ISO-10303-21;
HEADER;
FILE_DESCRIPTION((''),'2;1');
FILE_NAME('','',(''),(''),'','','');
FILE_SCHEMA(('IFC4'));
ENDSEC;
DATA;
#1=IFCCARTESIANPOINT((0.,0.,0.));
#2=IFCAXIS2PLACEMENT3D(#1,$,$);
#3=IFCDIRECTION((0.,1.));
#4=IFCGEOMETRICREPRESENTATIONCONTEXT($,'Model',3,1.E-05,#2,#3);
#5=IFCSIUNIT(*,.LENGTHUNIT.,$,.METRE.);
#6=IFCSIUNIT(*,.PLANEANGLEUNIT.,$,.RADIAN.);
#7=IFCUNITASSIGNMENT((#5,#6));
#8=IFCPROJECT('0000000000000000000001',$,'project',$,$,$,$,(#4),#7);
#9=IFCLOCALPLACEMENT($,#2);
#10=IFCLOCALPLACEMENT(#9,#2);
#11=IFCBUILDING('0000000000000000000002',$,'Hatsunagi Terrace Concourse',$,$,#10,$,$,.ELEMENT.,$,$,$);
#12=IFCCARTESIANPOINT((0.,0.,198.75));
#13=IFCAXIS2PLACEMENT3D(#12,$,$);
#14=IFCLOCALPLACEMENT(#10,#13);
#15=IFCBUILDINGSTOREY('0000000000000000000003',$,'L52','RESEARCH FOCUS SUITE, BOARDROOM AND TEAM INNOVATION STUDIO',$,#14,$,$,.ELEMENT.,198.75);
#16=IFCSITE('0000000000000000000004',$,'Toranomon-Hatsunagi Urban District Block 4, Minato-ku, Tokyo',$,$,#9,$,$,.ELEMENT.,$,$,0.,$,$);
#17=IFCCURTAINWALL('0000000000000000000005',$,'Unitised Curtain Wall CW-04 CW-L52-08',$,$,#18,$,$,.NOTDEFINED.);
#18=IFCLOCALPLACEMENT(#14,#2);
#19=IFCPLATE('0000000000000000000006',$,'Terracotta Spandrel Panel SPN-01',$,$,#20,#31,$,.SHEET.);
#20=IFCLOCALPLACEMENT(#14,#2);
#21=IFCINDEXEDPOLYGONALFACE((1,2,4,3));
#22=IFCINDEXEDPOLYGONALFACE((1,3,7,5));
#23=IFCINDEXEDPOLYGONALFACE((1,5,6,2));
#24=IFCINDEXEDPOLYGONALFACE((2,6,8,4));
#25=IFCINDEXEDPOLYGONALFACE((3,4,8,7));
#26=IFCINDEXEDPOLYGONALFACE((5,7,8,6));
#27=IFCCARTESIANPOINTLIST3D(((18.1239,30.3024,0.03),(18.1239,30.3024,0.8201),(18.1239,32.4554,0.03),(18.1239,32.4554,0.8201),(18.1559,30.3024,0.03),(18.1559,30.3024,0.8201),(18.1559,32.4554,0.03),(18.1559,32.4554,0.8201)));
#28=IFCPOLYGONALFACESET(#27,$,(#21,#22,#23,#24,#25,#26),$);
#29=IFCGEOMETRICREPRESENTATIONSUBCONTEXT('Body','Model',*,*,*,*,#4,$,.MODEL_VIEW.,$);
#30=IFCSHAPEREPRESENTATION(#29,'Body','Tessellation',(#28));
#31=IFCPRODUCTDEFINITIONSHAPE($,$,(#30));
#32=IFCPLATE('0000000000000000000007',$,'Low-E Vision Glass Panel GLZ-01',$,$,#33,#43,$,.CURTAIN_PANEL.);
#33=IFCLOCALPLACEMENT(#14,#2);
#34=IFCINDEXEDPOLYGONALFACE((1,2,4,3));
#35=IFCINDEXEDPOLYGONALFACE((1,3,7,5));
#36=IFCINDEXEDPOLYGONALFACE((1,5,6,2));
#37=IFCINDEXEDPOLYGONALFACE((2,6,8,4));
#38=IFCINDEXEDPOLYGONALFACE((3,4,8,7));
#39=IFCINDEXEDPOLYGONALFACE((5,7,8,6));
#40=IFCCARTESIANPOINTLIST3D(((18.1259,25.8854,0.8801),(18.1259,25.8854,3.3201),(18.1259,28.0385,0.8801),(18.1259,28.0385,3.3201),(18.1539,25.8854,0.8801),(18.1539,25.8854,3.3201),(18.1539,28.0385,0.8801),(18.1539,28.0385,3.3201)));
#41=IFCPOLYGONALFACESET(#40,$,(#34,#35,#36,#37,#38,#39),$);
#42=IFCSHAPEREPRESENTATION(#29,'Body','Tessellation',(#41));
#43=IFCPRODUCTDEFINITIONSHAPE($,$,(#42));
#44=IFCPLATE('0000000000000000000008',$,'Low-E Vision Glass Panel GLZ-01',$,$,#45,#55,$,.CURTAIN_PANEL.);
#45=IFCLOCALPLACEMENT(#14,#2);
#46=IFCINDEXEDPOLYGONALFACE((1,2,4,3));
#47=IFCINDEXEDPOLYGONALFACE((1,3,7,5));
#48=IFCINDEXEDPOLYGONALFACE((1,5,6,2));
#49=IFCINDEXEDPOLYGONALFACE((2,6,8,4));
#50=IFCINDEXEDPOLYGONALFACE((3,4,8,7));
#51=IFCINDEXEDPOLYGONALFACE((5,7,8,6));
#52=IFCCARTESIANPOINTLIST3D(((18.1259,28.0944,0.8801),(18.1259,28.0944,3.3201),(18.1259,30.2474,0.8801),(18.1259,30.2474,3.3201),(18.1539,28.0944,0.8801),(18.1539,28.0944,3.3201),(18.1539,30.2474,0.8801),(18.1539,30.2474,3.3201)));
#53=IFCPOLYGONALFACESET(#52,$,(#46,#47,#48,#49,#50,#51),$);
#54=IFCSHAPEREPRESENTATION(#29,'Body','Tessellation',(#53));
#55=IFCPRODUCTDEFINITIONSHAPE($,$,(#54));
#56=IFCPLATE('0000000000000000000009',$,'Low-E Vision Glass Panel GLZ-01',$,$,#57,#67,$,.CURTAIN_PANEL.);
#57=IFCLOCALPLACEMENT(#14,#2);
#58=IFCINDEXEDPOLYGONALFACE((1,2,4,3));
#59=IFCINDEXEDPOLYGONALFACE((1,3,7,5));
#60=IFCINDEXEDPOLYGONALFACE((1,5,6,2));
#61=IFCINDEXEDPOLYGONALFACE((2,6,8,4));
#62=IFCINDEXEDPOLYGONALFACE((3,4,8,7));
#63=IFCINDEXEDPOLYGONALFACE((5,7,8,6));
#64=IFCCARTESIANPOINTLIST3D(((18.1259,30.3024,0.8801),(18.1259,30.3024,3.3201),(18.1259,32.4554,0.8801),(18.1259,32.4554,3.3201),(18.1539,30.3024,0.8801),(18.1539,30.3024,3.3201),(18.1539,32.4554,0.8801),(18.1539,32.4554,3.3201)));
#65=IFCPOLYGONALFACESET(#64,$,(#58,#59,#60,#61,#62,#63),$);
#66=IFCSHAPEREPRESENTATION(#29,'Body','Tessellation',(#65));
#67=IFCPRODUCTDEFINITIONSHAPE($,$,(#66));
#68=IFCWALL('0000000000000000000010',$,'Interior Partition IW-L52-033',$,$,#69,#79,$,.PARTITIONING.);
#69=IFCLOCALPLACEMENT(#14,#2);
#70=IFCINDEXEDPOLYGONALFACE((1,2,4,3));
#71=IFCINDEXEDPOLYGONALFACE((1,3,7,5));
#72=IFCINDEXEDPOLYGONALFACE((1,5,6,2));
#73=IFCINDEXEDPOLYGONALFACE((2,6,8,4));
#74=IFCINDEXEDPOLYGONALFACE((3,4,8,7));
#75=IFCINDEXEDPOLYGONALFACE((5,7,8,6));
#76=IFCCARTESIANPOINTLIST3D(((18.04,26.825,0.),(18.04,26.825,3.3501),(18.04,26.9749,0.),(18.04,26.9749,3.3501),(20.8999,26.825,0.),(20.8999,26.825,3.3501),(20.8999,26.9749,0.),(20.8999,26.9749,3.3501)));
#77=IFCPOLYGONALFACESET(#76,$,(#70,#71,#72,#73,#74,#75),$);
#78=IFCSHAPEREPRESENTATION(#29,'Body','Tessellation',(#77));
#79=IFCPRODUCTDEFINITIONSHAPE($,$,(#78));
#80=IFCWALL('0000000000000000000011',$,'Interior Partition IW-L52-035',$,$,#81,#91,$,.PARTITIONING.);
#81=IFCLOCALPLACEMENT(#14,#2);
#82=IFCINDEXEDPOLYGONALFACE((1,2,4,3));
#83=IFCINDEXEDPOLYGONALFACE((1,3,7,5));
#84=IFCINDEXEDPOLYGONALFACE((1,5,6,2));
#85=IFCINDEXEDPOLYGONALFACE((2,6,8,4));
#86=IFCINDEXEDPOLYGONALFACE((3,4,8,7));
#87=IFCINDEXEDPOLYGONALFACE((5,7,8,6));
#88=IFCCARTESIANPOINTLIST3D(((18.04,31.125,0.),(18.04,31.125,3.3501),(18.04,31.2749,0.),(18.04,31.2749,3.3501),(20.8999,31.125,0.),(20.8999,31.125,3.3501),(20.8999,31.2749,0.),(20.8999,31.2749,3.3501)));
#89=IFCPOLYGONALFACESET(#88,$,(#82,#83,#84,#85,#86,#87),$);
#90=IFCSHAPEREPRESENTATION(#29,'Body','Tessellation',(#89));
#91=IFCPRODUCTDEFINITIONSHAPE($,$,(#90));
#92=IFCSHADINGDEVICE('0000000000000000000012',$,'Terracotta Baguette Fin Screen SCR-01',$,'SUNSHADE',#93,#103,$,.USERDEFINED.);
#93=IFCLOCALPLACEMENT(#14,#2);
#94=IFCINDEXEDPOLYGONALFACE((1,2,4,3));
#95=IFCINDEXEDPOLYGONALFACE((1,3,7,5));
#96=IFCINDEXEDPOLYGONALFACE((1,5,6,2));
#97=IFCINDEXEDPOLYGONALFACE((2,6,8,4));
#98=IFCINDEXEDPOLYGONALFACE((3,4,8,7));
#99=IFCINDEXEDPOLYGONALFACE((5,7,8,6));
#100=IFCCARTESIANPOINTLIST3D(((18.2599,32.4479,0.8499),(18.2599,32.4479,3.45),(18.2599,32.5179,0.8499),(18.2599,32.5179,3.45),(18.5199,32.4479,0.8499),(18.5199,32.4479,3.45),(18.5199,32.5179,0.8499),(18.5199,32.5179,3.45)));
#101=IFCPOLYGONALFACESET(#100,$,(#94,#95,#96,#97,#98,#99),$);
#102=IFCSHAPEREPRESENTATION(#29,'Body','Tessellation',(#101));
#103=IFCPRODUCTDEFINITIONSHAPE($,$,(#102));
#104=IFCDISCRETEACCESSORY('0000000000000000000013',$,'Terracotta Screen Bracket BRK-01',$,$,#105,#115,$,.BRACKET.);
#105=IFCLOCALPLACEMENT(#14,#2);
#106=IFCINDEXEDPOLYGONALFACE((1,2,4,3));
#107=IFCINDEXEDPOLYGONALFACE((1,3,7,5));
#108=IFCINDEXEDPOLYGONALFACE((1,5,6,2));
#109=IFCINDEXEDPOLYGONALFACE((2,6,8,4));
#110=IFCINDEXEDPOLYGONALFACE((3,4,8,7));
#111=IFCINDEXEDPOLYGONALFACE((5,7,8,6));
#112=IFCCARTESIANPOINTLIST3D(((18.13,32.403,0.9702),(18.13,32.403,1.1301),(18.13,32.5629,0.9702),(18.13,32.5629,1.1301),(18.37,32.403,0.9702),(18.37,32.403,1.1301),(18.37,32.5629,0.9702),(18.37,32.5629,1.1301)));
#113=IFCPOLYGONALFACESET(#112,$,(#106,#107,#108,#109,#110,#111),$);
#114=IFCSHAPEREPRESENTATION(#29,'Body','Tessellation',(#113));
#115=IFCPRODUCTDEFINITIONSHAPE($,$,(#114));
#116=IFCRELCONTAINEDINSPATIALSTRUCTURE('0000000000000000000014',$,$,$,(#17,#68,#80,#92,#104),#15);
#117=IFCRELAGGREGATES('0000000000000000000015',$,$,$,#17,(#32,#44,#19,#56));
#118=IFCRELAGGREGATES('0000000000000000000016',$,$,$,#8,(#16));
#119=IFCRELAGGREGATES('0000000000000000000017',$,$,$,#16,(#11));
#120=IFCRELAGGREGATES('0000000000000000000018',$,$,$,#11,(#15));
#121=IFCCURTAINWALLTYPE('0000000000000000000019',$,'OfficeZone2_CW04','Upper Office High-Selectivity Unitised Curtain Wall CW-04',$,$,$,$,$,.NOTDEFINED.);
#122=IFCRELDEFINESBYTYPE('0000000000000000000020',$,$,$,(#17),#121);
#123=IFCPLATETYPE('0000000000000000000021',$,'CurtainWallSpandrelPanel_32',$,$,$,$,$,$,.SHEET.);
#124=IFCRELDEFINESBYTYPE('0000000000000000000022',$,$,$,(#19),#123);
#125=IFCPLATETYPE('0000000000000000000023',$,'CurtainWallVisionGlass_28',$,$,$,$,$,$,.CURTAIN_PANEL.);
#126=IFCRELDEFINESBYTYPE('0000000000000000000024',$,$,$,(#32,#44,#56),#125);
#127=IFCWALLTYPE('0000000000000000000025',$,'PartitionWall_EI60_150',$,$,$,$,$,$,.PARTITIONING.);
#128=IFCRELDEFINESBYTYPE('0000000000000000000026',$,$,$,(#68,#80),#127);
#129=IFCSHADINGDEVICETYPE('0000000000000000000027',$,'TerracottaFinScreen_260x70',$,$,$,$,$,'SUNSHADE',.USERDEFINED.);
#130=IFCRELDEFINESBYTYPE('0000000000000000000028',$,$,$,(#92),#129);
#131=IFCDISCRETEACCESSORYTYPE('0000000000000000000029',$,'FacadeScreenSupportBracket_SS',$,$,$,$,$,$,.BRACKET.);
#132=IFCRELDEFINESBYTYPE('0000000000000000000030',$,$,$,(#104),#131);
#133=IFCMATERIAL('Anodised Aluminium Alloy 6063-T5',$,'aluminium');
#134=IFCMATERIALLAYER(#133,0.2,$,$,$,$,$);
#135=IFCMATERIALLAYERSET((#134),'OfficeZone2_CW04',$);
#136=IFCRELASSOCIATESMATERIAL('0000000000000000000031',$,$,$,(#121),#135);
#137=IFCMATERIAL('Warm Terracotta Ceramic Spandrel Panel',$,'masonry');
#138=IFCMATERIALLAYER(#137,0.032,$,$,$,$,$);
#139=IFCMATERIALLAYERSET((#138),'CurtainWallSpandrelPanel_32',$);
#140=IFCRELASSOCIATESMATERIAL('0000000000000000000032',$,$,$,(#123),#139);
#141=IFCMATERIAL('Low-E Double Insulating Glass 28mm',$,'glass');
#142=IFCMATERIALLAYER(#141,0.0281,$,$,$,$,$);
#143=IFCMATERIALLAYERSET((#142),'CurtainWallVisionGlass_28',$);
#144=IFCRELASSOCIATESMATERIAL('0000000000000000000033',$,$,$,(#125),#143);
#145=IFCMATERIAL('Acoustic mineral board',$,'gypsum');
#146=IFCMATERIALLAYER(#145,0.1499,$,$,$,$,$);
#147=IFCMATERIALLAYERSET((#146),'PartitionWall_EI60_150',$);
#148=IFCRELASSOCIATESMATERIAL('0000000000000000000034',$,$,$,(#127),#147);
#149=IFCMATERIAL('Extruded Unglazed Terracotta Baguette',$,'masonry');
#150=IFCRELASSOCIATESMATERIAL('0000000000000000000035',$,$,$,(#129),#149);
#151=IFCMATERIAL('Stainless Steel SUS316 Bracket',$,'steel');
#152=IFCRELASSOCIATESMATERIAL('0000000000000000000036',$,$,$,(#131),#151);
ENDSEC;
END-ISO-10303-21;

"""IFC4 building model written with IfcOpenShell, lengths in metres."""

from ifc_helpers import new_model, si_unit, direction, frame, frame_2d, origin, origin_2d, place, context, subcontext, project, spatial, rectangle, extrude, material, layer, layer_set, type_object, element, aggregate, save


model = new_model("IFC4")

# Units and contexts
model_context = context("Model", 3, precision=1e-05, world=origin(), true_north=direction((0.0, 1.0)))
body_context = subcontext(model_context, "Body", "Model", "MODEL_VIEW")
ifc_project = project(units=[si_unit("LENGTHUNIT", "METRE"), si_unit("PLANEANGLEUNIT", "RADIAN")], contexts=[model_context])

# Site, building, storey
site_placement = place(None, origin())
site = spatial("IfcSite", under=ifc_project, at=site_placement, Name="Toranomon-Hatsunagi Urban District Block 4, Minato-ku, Tokyo", CompositionType="ELEMENT", RefElevation=0.0)
building_placement = place(site_placement, origin())
building = spatial("IfcBuilding", under=site, at=building_placement, Name="Hatsunagi Terrace Concourse", CompositionType="ELEMENT")
storey_placement = place(building_placement, frame((0.0, 0.0, 198.75)))
storey = spatial("IfcBuildingStorey", under=building, at=storey_placement, Name="L52", Description="RESEARCH FOCUS SUITE, BOARDROOM AND TEAM INNOVATION STUDIO", CompositionType="ELEMENT", Elevation=198.75)

# Curtain wall
ifc_material_1 = material(Name="Anodised Aluminium Alloy 6063-T5", Category="aluminium")
ifc_layer_1 = layer(ifc_material_1, 0.2)
ifc_layer_set_1 = layer_set([ifc_layer_1], Name="OfficeZone2_CW04")
curtain_wall_type = type_object("IfcCurtainWallType", Name="OfficeZone2_CW04", Description="Upper Office High-Selectivity Unitised Curtain Wall CW-04", PredefinedType="NOTDEFINED", material=ifc_layer_set_1)
curtain_wall_placement = place(storey_placement, origin())
curtain_wall = element("IfcCurtainWall", 1, at=curtain_wall_placement, inside=storey, type_object=curtain_wall_type, Name="Unitised Curtain Wall CW-04 CW-L52-08", PredefinedType="NOTDEFINED")

# Plates
ifc_material_2 = material(Name="Warm Terracotta Ceramic Spandrel Panel", Category="masonry")
ifc_layer_2 = layer(ifc_material_2, 0.032)
ifc_layer_set_2 = layer_set([ifc_layer_2], Name="CurtainWallSpandrelPanel_32")
plate_type_1 = type_object("IfcPlateType", Name="CurtainWallSpandrelPanel_32", PredefinedType="SHEET", material=ifc_layer_set_2)
plate_1_placement = place(storey_placement, frame((18.1399, 31.3789, 0.03), z_axis=(0.0, 0.0, 1.0), x_axis=(0.0, 1.0, 0.0)))
plate_1 = element("IfcPlate", 2, at=plate_1_placement, type_object=plate_type_1, Name="Terracotta Spandrel Panel SPN-01", PredefinedType="SHEET", context=body_context, shape_type="SweptSolid", body=[
    extrude(rectangle(XDim=2.1531, YDim=0.032, at=origin_2d()), origin(), (0.0, 0.0, 1.0), 0.79),
])
ifc_material_3 = material(Name="Low-E Double Insulating Glass 28mm", Category="glass")
ifc_layer_3 = layer(ifc_material_3, 0.0281)
ifc_layer_set_3 = layer_set([ifc_layer_3], Name="CurtainWallVisionGlass_28")
plate_type_2 = type_object("IfcPlateType", Name="CurtainWallVisionGlass_28", PredefinedType="CURTAIN_PANEL", material=ifc_layer_set_3)
plate_2_placement = place(storey_placement, frame((18.1399, 26.9619, 0.8801), z_axis=(0.0, 0.0, 1.0), x_axis=(0.0, 1.0, 0.0)))
plate_2 = element("IfcPlate", 3, at=plate_2_placement, type_object=plate_type_2, Name="Low-E Vision Glass Panel GLZ-01", PredefinedType="CURTAIN_PANEL", context=body_context, shape_type="SweptSolid", body=[
    extrude(rectangle(XDim=2.1531, YDim=0.0281, at=origin_2d()), origin(), (0.0, 0.0, 1.0), 2.4399),
])
plate_3_placement = place(storey_placement, frame((18.1399, 29.1709, 0.8801), z_axis=(0.0, 0.0, 1.0), x_axis=(0.0, 1.0, 0.0)))
plate_3 = element("IfcPlate", 4, at=plate_3_placement, type_object=plate_type_2, Name="Low-E Vision Glass Panel GLZ-01", PredefinedType="CURTAIN_PANEL", context=body_context, shape_type="SweptSolid", body=[
    extrude(rectangle(XDim=2.1531, YDim=0.0281, at=origin_2d()), origin(), (0.0, 0.0, 1.0), 2.4399),
])
plate_4_placement = place(storey_placement, frame((18.1399, 31.3789, 0.8801), z_axis=(0.0, 0.0, 1.0), x_axis=(0.0, 1.0, 0.0)))
plate_4 = element("IfcPlate", 5, at=plate_4_placement, type_object=plate_type_2, Name="Low-E Vision Glass Panel GLZ-01", PredefinedType="CURTAIN_PANEL", context=body_context, shape_type="SweptSolid", body=[
    extrude(rectangle(XDim=2.1531, YDim=0.0281, at=origin_2d()), origin(), (0.0, 0.0, 1.0), 2.4399),
])
aggregate(curtain_wall, [plate_2, plate_3, plate_1, plate_4])

# Walls
ifc_material_4 = material(Name="Acoustic mineral board", Category="gypsum")
ifc_layer_4 = layer(ifc_material_4, 0.1499)
ifc_layer_set_4 = layer_set([ifc_layer_4], Name="PartitionWall_EI60_150")
wall_type = type_object("IfcWallType", Name="PartitionWall_EI60_150", PredefinedType="PARTITIONING", material=ifc_layer_set_4)
for number, where, z_axis, x_axis, name in (
    (6, (18.04, 26.8999, 0.0), (0.0, 0.0, 1.0), (1.0, 0.0, 0.0), "Interior Partition IW-L52-033"),
    (7, (18.04, 31.2, 0.0), (0.0, 0.0, 1.0), (1.0, 0.0, 0.0), "Interior Partition IW-L52-035"),
):
    element("IfcWall", number, at=place(storey_placement, frame(where, z_axis=z_axis, x_axis=x_axis)), inside=storey, type_object=wall_type, Name=name, PredefinedType="PARTITIONING", context=body_context, shape_type="SweptSolid", body=[
        extrude(rectangle(XDim=2.8599, YDim=0.1499, at=frame_2d((1.4299, 0.0))), origin(), (0.0, 0.0, 1.0), 3.3501),
    ])

# Shading device
ifc_material_5 = material(Name="Extruded Unglazed Terracotta Baguette", Category="masonry")
shading_device_type = type_object("IfcShadingDeviceType", Name="TerracottaFinScreen_260x70", ElementType="SUNSHADE", PredefinedType="USERDEFINED", material=ifc_material_5)
shading_device_placement = place(storey_placement, frame((18.3899, 32.4829, 0.8499), z_axis=(0.0, 0.0, 1.0), x_axis=(0.0, 1.0, 0.0)))
element("IfcShadingDevice", 8, at=shading_device_placement, inside=storey, type_object=shading_device_type, Name="Terracotta Baguette Fin Screen SCR-01", ObjectType="SUNSHADE", PredefinedType="USERDEFINED", context=body_context, shape_type="SweptSolid", body=[
    extrude(rectangle(XDim=0.0701, YDim=0.26, at=origin_2d()), origin(), (0.0, 0.0, 1.0), 2.6001),
])

# Discrete accessory
ifc_material_6 = material(Name="Stainless Steel SUS316 Bracket", Category="steel")
discrete_accessory_type = type_object("IfcDiscreteAccessoryType", Name="FacadeScreenSupportBracket_SS", PredefinedType="BRACKET", material=ifc_material_6)
discrete_accessory_placement = place(storey_placement, frame((18.25, 32.4829, 0.9702), z_axis=(0.0, 0.0, 1.0), x_axis=(0.0, 1.0, 0.0)))
element("IfcDiscreteAccessory", 9, at=discrete_accessory_placement, inside=storey, type_object=discrete_accessory_type, Name="Terracotta Screen Bracket BRK-01", PredefinedType="BRACKET", context=body_context, shape_type="SweptSolid", body=[
    extrude(rectangle(XDim=0.1599, YDim=0.24, at=origin_2d()), origin(), (0.0, 0.0, 1.0), 0.1599),
])

save(model, "model.ifc")
